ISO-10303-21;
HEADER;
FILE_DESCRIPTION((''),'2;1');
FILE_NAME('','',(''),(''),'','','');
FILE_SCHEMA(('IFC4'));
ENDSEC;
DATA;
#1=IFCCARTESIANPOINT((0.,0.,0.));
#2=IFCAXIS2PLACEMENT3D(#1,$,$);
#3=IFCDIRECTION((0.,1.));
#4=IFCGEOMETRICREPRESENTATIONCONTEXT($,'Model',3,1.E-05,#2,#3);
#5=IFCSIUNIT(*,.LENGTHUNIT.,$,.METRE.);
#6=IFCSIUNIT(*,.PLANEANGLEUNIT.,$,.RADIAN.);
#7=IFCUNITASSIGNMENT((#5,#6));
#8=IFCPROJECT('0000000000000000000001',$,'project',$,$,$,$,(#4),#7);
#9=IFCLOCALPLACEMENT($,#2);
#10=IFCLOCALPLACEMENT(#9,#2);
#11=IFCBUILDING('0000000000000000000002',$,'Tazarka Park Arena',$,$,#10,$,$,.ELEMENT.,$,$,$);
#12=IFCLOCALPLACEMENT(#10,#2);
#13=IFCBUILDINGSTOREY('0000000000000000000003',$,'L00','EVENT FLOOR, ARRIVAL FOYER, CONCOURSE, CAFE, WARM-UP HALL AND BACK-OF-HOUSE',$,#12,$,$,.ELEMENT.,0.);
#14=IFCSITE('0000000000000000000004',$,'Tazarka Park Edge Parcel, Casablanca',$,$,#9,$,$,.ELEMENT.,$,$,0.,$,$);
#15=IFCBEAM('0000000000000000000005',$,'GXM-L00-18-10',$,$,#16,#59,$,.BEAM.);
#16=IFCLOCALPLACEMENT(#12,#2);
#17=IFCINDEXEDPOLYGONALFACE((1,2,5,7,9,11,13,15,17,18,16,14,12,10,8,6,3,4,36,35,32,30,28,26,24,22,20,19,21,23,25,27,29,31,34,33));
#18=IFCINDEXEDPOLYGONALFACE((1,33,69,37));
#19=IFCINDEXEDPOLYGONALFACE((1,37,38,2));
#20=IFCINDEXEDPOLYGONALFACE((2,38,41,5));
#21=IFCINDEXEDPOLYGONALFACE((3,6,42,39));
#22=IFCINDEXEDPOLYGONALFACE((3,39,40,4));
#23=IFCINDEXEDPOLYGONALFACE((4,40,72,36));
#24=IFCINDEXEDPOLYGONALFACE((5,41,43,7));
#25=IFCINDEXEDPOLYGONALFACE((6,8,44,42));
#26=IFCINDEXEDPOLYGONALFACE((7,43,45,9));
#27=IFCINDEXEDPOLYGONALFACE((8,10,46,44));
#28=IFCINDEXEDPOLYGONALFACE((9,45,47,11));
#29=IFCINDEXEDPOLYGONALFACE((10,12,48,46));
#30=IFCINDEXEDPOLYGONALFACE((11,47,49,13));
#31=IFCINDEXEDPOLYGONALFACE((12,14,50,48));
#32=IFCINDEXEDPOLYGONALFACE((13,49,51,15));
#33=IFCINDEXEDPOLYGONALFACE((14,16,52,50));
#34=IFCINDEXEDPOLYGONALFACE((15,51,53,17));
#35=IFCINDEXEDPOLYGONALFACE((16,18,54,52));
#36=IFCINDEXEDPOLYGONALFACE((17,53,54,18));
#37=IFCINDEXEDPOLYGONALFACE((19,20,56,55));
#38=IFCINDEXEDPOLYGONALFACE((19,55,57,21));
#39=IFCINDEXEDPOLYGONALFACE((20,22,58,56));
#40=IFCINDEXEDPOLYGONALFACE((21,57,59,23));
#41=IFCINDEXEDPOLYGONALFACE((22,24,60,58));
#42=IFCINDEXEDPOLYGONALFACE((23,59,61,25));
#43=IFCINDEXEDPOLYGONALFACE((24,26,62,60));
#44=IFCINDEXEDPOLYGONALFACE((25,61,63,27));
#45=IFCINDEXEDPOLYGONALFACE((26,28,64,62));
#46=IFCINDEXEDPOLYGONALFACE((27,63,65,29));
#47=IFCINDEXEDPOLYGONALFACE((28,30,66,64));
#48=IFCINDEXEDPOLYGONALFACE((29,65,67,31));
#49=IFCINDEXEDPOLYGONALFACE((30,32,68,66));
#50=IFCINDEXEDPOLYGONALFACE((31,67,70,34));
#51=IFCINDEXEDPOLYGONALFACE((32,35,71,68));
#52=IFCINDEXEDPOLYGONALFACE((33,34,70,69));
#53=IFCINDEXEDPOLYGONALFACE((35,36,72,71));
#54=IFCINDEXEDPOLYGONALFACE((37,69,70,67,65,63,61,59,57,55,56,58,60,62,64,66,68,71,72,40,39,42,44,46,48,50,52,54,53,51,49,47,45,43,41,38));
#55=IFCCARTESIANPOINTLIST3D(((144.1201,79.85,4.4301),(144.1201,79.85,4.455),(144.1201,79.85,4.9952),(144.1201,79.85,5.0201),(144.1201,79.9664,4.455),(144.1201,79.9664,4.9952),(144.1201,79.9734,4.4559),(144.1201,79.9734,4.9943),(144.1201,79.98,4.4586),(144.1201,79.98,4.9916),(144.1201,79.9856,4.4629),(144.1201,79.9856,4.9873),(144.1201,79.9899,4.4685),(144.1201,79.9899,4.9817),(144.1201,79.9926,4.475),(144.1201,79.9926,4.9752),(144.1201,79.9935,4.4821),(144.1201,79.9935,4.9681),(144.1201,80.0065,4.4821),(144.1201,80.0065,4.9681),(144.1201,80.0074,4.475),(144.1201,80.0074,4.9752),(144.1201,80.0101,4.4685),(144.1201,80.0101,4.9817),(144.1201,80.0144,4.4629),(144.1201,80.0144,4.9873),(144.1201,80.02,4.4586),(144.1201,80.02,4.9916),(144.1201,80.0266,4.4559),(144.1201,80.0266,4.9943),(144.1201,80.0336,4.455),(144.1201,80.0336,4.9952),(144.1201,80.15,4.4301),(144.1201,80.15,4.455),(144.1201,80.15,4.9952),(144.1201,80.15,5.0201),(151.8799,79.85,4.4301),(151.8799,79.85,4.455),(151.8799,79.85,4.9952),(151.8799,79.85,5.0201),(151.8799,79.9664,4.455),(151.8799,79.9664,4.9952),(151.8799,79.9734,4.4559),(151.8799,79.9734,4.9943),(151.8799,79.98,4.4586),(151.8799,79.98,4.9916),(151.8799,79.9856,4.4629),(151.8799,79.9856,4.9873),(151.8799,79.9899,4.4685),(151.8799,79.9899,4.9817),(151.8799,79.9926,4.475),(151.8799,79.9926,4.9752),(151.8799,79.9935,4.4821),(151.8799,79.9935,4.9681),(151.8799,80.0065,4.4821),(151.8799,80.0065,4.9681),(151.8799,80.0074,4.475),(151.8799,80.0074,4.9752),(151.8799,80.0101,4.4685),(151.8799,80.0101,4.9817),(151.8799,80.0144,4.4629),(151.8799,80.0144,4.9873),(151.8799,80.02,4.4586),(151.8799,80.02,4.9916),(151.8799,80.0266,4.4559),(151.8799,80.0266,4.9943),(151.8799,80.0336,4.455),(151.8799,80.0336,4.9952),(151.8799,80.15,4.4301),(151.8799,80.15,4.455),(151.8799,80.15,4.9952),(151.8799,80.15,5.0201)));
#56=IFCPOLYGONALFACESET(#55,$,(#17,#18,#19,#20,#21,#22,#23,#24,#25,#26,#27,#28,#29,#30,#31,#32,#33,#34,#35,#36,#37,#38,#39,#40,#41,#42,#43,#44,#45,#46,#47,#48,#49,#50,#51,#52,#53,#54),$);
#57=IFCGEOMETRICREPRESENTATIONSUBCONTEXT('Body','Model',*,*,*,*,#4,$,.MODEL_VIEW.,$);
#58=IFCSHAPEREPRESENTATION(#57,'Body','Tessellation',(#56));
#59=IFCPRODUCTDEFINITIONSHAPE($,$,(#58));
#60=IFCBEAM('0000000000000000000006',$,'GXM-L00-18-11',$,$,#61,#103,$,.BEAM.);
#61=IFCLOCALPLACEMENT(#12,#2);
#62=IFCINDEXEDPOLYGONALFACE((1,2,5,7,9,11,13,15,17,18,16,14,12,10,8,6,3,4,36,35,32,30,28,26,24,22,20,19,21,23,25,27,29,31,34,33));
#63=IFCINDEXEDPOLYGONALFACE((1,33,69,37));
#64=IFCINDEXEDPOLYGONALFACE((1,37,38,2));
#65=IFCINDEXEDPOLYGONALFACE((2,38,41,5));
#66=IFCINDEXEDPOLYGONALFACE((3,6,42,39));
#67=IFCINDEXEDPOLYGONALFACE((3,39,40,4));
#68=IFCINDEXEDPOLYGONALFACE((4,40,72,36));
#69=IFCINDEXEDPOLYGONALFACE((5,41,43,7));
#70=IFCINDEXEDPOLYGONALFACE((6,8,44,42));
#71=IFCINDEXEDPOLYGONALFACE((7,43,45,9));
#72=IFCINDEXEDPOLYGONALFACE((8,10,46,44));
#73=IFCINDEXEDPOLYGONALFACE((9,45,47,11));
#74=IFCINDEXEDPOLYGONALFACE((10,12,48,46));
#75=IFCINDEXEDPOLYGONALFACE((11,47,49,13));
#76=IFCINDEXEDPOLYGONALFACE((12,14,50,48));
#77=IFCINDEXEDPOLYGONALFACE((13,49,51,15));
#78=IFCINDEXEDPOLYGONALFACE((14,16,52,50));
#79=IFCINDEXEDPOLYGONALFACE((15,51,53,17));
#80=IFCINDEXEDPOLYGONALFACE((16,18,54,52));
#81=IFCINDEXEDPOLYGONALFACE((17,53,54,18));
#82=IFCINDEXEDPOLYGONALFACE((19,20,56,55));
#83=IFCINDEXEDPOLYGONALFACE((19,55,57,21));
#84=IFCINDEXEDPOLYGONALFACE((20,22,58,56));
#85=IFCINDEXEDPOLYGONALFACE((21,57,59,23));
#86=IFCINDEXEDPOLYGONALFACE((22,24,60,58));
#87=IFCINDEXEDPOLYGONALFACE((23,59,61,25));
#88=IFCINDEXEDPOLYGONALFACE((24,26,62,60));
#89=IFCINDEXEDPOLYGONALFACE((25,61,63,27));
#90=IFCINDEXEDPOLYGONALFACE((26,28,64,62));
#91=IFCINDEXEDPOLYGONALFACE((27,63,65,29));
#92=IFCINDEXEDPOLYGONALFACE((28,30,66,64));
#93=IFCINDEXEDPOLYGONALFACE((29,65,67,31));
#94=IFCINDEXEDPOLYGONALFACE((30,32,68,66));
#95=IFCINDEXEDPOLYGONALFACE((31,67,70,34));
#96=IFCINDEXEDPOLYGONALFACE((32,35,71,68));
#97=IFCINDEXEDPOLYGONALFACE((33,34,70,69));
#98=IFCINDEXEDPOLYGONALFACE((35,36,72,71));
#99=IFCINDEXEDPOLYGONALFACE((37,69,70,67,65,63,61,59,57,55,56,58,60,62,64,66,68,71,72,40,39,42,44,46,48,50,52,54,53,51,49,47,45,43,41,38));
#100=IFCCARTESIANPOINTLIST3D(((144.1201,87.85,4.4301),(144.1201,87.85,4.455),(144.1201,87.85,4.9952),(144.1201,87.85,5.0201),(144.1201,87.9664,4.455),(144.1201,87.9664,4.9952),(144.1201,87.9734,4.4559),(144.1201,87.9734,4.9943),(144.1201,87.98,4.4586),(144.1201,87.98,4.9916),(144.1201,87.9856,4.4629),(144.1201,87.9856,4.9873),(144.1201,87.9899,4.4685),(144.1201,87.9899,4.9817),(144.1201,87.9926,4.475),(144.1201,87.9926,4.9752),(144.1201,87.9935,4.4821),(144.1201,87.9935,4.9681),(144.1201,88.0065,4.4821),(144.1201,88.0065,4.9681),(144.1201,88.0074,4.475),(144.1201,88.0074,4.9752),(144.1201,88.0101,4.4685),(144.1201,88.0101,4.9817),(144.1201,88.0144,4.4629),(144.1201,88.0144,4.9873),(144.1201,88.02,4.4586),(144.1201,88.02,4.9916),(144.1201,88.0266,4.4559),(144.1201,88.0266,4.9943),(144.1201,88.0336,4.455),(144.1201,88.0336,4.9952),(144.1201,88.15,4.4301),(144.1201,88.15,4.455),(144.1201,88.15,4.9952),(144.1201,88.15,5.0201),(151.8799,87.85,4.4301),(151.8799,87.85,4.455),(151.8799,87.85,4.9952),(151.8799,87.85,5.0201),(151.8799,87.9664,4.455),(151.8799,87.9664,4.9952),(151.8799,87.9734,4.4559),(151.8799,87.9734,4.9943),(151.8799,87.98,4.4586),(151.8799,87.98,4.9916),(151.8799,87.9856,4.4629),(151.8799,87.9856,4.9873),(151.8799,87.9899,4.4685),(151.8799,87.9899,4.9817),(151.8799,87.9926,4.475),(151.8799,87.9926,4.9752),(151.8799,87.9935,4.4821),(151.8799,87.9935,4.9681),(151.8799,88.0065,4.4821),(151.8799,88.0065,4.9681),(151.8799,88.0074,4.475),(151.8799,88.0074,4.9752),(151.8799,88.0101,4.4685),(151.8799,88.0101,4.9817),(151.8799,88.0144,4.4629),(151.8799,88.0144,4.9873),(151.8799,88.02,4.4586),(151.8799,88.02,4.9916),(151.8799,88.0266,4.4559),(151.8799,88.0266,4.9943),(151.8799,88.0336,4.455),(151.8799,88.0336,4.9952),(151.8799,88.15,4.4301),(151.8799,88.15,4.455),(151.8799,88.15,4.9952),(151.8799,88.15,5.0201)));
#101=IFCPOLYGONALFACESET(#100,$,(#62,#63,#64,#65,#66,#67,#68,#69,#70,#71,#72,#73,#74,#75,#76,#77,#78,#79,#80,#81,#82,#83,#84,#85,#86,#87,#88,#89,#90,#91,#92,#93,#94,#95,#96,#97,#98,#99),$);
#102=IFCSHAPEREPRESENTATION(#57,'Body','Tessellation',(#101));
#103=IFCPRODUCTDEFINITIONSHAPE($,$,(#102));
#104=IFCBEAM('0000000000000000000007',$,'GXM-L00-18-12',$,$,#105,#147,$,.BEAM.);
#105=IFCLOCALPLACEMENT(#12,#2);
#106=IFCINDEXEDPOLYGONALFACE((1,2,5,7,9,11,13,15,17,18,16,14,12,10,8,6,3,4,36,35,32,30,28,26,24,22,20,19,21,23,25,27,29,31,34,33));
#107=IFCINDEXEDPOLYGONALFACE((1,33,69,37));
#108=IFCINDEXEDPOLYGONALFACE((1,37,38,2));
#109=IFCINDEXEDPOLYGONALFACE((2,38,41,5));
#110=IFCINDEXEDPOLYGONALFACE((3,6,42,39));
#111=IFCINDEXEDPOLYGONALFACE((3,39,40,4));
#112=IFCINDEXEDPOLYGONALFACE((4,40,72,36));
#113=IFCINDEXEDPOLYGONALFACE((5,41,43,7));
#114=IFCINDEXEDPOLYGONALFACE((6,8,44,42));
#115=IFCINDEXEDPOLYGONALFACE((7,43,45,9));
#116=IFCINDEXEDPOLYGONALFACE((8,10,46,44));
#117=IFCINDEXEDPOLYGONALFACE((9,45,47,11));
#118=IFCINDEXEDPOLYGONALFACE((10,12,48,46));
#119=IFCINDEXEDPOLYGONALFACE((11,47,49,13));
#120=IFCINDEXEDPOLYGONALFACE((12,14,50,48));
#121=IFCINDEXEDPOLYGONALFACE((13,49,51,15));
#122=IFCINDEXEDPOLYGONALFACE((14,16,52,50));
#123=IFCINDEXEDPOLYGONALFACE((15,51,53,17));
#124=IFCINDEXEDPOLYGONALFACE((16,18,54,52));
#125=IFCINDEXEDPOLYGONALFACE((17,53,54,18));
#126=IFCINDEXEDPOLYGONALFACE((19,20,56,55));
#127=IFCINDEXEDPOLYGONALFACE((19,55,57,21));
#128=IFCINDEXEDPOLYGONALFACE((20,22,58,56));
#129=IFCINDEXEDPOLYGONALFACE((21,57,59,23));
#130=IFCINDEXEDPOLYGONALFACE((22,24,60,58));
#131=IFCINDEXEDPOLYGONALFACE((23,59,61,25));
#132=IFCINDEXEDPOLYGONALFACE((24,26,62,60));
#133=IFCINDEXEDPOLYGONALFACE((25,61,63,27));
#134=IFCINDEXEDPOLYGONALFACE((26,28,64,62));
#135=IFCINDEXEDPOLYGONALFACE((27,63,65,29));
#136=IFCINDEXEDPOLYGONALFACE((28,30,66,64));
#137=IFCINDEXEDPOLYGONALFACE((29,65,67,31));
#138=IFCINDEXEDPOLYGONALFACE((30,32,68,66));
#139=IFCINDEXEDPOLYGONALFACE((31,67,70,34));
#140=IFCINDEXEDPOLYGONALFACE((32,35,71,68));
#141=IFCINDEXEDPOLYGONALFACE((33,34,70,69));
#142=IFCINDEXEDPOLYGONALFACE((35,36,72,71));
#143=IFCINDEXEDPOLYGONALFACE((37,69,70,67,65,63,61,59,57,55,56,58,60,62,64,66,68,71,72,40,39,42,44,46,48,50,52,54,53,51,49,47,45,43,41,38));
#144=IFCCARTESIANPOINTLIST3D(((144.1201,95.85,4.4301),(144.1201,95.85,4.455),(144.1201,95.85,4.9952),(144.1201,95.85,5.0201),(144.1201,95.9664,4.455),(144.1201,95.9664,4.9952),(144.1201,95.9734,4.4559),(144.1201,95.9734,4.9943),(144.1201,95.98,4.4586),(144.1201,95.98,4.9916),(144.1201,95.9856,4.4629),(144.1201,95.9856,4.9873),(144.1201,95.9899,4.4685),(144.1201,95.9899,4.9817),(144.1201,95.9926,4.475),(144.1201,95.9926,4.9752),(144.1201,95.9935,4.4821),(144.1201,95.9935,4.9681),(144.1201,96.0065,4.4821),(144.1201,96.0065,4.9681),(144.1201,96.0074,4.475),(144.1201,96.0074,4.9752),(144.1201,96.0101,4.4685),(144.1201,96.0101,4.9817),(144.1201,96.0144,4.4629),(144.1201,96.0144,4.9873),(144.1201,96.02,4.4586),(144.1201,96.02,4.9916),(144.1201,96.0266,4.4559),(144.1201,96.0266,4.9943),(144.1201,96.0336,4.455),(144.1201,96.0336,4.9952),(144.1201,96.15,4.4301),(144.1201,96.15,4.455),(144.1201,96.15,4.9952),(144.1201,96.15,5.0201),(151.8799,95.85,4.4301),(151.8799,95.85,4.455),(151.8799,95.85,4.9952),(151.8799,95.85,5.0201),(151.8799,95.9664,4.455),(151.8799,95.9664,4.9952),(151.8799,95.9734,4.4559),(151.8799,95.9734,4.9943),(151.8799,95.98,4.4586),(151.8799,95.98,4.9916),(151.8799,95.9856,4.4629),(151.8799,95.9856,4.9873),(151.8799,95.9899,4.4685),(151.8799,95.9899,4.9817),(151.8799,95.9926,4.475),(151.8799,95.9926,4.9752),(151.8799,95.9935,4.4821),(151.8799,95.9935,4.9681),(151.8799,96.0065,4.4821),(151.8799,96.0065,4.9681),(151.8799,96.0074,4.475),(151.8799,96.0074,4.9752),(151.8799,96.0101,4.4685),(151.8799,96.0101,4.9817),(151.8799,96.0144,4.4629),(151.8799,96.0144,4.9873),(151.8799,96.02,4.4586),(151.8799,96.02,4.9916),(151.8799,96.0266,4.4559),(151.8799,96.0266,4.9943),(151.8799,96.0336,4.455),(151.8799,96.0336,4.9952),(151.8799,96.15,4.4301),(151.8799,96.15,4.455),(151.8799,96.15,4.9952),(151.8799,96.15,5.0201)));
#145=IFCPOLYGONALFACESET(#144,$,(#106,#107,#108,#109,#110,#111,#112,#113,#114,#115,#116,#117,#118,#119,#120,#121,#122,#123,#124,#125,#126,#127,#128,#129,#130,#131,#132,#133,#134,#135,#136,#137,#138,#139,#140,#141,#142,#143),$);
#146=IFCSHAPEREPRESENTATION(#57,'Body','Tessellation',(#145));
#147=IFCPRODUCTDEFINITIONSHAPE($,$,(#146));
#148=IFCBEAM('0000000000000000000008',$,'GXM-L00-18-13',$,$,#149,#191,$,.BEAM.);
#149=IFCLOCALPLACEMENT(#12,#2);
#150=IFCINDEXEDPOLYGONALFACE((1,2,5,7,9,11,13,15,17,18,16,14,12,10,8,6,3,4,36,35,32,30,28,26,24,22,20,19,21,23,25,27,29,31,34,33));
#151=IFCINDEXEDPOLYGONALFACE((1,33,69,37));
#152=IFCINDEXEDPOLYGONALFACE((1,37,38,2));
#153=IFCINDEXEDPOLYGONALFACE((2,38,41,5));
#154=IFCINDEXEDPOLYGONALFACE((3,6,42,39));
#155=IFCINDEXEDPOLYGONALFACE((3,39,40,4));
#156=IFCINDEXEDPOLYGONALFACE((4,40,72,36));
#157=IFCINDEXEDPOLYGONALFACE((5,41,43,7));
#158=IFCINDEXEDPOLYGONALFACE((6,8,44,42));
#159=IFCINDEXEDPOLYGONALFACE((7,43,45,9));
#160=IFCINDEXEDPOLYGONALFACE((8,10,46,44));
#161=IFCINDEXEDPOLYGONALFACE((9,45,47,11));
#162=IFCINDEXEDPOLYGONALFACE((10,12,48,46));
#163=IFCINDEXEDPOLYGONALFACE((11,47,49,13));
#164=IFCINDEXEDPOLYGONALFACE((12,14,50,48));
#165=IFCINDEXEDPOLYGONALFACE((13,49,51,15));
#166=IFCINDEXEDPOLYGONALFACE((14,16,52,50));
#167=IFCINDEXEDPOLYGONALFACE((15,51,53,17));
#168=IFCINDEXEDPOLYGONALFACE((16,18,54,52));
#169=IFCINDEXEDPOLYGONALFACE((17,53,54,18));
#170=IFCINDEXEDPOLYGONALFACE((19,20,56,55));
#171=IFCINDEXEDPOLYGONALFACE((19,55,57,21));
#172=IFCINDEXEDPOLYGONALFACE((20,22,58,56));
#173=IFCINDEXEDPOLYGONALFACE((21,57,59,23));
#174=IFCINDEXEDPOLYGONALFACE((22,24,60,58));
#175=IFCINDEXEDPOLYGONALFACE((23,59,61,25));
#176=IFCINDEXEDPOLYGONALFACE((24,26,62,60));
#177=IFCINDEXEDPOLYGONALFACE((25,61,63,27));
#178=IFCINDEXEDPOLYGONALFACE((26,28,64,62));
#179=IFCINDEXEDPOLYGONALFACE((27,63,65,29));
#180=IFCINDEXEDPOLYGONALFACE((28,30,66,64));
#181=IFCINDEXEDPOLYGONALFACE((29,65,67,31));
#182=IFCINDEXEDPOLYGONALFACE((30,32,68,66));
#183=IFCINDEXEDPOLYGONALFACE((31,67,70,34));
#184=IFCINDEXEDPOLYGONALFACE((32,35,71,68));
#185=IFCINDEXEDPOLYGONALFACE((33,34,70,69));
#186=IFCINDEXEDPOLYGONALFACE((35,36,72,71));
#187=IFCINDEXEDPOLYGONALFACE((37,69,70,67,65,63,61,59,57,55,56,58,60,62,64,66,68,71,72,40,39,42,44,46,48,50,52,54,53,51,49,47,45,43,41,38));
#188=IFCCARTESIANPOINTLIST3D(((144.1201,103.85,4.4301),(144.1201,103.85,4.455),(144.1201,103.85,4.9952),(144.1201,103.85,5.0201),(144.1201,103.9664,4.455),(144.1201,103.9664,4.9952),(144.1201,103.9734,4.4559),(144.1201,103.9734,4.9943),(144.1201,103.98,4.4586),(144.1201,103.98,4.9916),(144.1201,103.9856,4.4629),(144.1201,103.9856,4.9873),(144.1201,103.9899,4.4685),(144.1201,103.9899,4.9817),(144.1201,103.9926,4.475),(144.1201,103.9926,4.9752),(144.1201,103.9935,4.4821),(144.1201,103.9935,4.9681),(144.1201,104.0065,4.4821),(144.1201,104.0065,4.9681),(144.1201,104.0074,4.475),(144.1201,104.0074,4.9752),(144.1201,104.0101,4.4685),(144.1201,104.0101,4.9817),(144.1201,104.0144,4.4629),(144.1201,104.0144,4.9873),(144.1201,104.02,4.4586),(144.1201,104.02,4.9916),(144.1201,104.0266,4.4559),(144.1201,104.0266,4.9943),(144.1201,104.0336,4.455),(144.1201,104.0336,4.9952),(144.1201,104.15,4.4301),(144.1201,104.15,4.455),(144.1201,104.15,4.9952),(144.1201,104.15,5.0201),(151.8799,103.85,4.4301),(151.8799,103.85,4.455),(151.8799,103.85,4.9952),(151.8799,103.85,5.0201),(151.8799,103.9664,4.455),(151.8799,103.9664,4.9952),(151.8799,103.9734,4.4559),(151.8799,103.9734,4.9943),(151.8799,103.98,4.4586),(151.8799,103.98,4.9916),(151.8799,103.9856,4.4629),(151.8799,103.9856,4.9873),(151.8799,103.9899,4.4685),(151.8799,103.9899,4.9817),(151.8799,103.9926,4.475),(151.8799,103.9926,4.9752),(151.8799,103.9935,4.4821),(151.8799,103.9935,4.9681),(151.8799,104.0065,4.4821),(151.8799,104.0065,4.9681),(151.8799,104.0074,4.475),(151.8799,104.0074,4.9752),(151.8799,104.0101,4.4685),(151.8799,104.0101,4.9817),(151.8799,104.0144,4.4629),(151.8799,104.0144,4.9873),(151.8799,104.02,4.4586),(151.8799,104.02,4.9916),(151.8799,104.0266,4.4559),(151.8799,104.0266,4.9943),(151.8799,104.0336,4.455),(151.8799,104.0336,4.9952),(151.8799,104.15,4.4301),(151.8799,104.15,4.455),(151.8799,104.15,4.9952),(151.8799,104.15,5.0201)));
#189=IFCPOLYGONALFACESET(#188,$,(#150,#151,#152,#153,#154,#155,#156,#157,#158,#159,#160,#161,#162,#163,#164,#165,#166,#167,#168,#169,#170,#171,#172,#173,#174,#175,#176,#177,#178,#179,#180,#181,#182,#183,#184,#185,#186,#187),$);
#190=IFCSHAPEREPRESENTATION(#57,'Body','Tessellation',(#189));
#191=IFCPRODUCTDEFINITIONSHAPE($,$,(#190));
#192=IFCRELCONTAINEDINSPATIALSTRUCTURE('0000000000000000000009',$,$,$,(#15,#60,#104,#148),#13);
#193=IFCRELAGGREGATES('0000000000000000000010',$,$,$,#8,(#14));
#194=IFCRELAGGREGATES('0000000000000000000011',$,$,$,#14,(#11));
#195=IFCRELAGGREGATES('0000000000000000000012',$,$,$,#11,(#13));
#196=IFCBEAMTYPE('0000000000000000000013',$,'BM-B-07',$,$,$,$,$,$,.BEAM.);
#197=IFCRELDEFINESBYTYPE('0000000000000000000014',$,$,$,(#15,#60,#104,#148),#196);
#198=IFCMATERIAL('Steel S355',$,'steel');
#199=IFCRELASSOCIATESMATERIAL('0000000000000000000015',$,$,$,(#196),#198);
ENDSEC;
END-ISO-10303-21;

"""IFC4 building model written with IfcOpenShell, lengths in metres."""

from ifc_helpers import new_model, si_unit, direction, frame, origin, origin_2d, place, context, subcontext, project, spatial, i_section, extrude, material, material_profile, profile_set, type_object, element, save


model = new_model("IFC4")

# Units and contexts
model_context = context("Model", 3, precision=1e-05, world=origin(), true_north=direction((0.0, 1.0)))
body_context = subcontext(model_context, "Body", "Model", "MODEL_VIEW")
ifc_project = project(units=[si_unit("LENGTHUNIT", "METRE"), si_unit("PLANEANGLEUNIT", "RADIAN")], contexts=[model_context])

# Site, building, storey
site_placement = place(None, origin())
site = spatial("IfcSite", under=ifc_project, at=site_placement, Name="Tazarka Park Edge Parcel, Casablanca", CompositionType="ELEMENT", RefElevation=0.0)
building_placement = place(site_placement, origin())
building = spatial("IfcBuilding", under=site, at=building_placement, Name="Tazarka Park Arena", CompositionType="ELEMENT")
storey_placement = place(building_placement, origin())
storey = spatial("IfcBuildingStorey", under=building, at=storey_placement, Name="L00", Description="EVENT FLOOR, ARRIVAL FOYER, CONCOURSE, CAFE, WARM-UP HALL AND BACK-OF-HOUSE", CompositionType="ELEMENT", Elevation=0.0)

# Beams
ifc_material_1 = material(Name="Steel S355", Category="steel")
ifc_material_profile_1 = material_profile(ifc_material_1, i_section(OverallWidth=0.3, OverallDepth=0.5901, WebThickness=0.0129, FlangeThickness=0.0249, FilletRadius=0.0271, at=origin_2d()), Name="Steel S355")
ifc_profile_set_1 = profile_set([ifc_material_profile_1], Name="Steel S355")
beam_type_1 = type_object("IfcBeamType", Name="BM-B-07", PredefinedType="BEAM", material=ifc_profile_set_1)
for number, where, z_axis, x_axis, name in (
    (1, (144.1201, 80.0, 4.7251), (1.0, 0.0, 0.0), (0.0, 1.0, 0.0), "GXM-L00-18-10"),
    (2, (144.1201, 88.0, 4.7251), (1.0, 0.0, 0.0), (0.0, 1.0, 0.0), "GXM-L00-18-11"),
    (3, (144.1201, 96.0, 4.7251), (1.0, 0.0, 0.0), (0.0, 1.0, 0.0), "GXM-L00-18-12"),
    (4, (144.1201, 104.0, 4.7251), (1.0, 0.0, 0.0), (0.0, 1.0, 0.0), "GXM-L00-18-13"),
):
    element("IfcBeam", number, at=place(storey_placement, frame(where, z_axis=z_axis, x_axis=x_axis)), inside=storey, type_object=beam_type_1, Name=name, PredefinedType="BEAM", context=body_context, shape_type="SweptSolid", body=[
        extrude(i_section(OverallWidth=0.3, OverallDepth=0.5901, WebThickness=0.0129, FlangeThickness=0.0249, FilletRadius=0.0271, at=origin_2d()), origin(), (0.0, 0.0, 1.0), 7.7598),
    ])

save(model, "model.ifc")
